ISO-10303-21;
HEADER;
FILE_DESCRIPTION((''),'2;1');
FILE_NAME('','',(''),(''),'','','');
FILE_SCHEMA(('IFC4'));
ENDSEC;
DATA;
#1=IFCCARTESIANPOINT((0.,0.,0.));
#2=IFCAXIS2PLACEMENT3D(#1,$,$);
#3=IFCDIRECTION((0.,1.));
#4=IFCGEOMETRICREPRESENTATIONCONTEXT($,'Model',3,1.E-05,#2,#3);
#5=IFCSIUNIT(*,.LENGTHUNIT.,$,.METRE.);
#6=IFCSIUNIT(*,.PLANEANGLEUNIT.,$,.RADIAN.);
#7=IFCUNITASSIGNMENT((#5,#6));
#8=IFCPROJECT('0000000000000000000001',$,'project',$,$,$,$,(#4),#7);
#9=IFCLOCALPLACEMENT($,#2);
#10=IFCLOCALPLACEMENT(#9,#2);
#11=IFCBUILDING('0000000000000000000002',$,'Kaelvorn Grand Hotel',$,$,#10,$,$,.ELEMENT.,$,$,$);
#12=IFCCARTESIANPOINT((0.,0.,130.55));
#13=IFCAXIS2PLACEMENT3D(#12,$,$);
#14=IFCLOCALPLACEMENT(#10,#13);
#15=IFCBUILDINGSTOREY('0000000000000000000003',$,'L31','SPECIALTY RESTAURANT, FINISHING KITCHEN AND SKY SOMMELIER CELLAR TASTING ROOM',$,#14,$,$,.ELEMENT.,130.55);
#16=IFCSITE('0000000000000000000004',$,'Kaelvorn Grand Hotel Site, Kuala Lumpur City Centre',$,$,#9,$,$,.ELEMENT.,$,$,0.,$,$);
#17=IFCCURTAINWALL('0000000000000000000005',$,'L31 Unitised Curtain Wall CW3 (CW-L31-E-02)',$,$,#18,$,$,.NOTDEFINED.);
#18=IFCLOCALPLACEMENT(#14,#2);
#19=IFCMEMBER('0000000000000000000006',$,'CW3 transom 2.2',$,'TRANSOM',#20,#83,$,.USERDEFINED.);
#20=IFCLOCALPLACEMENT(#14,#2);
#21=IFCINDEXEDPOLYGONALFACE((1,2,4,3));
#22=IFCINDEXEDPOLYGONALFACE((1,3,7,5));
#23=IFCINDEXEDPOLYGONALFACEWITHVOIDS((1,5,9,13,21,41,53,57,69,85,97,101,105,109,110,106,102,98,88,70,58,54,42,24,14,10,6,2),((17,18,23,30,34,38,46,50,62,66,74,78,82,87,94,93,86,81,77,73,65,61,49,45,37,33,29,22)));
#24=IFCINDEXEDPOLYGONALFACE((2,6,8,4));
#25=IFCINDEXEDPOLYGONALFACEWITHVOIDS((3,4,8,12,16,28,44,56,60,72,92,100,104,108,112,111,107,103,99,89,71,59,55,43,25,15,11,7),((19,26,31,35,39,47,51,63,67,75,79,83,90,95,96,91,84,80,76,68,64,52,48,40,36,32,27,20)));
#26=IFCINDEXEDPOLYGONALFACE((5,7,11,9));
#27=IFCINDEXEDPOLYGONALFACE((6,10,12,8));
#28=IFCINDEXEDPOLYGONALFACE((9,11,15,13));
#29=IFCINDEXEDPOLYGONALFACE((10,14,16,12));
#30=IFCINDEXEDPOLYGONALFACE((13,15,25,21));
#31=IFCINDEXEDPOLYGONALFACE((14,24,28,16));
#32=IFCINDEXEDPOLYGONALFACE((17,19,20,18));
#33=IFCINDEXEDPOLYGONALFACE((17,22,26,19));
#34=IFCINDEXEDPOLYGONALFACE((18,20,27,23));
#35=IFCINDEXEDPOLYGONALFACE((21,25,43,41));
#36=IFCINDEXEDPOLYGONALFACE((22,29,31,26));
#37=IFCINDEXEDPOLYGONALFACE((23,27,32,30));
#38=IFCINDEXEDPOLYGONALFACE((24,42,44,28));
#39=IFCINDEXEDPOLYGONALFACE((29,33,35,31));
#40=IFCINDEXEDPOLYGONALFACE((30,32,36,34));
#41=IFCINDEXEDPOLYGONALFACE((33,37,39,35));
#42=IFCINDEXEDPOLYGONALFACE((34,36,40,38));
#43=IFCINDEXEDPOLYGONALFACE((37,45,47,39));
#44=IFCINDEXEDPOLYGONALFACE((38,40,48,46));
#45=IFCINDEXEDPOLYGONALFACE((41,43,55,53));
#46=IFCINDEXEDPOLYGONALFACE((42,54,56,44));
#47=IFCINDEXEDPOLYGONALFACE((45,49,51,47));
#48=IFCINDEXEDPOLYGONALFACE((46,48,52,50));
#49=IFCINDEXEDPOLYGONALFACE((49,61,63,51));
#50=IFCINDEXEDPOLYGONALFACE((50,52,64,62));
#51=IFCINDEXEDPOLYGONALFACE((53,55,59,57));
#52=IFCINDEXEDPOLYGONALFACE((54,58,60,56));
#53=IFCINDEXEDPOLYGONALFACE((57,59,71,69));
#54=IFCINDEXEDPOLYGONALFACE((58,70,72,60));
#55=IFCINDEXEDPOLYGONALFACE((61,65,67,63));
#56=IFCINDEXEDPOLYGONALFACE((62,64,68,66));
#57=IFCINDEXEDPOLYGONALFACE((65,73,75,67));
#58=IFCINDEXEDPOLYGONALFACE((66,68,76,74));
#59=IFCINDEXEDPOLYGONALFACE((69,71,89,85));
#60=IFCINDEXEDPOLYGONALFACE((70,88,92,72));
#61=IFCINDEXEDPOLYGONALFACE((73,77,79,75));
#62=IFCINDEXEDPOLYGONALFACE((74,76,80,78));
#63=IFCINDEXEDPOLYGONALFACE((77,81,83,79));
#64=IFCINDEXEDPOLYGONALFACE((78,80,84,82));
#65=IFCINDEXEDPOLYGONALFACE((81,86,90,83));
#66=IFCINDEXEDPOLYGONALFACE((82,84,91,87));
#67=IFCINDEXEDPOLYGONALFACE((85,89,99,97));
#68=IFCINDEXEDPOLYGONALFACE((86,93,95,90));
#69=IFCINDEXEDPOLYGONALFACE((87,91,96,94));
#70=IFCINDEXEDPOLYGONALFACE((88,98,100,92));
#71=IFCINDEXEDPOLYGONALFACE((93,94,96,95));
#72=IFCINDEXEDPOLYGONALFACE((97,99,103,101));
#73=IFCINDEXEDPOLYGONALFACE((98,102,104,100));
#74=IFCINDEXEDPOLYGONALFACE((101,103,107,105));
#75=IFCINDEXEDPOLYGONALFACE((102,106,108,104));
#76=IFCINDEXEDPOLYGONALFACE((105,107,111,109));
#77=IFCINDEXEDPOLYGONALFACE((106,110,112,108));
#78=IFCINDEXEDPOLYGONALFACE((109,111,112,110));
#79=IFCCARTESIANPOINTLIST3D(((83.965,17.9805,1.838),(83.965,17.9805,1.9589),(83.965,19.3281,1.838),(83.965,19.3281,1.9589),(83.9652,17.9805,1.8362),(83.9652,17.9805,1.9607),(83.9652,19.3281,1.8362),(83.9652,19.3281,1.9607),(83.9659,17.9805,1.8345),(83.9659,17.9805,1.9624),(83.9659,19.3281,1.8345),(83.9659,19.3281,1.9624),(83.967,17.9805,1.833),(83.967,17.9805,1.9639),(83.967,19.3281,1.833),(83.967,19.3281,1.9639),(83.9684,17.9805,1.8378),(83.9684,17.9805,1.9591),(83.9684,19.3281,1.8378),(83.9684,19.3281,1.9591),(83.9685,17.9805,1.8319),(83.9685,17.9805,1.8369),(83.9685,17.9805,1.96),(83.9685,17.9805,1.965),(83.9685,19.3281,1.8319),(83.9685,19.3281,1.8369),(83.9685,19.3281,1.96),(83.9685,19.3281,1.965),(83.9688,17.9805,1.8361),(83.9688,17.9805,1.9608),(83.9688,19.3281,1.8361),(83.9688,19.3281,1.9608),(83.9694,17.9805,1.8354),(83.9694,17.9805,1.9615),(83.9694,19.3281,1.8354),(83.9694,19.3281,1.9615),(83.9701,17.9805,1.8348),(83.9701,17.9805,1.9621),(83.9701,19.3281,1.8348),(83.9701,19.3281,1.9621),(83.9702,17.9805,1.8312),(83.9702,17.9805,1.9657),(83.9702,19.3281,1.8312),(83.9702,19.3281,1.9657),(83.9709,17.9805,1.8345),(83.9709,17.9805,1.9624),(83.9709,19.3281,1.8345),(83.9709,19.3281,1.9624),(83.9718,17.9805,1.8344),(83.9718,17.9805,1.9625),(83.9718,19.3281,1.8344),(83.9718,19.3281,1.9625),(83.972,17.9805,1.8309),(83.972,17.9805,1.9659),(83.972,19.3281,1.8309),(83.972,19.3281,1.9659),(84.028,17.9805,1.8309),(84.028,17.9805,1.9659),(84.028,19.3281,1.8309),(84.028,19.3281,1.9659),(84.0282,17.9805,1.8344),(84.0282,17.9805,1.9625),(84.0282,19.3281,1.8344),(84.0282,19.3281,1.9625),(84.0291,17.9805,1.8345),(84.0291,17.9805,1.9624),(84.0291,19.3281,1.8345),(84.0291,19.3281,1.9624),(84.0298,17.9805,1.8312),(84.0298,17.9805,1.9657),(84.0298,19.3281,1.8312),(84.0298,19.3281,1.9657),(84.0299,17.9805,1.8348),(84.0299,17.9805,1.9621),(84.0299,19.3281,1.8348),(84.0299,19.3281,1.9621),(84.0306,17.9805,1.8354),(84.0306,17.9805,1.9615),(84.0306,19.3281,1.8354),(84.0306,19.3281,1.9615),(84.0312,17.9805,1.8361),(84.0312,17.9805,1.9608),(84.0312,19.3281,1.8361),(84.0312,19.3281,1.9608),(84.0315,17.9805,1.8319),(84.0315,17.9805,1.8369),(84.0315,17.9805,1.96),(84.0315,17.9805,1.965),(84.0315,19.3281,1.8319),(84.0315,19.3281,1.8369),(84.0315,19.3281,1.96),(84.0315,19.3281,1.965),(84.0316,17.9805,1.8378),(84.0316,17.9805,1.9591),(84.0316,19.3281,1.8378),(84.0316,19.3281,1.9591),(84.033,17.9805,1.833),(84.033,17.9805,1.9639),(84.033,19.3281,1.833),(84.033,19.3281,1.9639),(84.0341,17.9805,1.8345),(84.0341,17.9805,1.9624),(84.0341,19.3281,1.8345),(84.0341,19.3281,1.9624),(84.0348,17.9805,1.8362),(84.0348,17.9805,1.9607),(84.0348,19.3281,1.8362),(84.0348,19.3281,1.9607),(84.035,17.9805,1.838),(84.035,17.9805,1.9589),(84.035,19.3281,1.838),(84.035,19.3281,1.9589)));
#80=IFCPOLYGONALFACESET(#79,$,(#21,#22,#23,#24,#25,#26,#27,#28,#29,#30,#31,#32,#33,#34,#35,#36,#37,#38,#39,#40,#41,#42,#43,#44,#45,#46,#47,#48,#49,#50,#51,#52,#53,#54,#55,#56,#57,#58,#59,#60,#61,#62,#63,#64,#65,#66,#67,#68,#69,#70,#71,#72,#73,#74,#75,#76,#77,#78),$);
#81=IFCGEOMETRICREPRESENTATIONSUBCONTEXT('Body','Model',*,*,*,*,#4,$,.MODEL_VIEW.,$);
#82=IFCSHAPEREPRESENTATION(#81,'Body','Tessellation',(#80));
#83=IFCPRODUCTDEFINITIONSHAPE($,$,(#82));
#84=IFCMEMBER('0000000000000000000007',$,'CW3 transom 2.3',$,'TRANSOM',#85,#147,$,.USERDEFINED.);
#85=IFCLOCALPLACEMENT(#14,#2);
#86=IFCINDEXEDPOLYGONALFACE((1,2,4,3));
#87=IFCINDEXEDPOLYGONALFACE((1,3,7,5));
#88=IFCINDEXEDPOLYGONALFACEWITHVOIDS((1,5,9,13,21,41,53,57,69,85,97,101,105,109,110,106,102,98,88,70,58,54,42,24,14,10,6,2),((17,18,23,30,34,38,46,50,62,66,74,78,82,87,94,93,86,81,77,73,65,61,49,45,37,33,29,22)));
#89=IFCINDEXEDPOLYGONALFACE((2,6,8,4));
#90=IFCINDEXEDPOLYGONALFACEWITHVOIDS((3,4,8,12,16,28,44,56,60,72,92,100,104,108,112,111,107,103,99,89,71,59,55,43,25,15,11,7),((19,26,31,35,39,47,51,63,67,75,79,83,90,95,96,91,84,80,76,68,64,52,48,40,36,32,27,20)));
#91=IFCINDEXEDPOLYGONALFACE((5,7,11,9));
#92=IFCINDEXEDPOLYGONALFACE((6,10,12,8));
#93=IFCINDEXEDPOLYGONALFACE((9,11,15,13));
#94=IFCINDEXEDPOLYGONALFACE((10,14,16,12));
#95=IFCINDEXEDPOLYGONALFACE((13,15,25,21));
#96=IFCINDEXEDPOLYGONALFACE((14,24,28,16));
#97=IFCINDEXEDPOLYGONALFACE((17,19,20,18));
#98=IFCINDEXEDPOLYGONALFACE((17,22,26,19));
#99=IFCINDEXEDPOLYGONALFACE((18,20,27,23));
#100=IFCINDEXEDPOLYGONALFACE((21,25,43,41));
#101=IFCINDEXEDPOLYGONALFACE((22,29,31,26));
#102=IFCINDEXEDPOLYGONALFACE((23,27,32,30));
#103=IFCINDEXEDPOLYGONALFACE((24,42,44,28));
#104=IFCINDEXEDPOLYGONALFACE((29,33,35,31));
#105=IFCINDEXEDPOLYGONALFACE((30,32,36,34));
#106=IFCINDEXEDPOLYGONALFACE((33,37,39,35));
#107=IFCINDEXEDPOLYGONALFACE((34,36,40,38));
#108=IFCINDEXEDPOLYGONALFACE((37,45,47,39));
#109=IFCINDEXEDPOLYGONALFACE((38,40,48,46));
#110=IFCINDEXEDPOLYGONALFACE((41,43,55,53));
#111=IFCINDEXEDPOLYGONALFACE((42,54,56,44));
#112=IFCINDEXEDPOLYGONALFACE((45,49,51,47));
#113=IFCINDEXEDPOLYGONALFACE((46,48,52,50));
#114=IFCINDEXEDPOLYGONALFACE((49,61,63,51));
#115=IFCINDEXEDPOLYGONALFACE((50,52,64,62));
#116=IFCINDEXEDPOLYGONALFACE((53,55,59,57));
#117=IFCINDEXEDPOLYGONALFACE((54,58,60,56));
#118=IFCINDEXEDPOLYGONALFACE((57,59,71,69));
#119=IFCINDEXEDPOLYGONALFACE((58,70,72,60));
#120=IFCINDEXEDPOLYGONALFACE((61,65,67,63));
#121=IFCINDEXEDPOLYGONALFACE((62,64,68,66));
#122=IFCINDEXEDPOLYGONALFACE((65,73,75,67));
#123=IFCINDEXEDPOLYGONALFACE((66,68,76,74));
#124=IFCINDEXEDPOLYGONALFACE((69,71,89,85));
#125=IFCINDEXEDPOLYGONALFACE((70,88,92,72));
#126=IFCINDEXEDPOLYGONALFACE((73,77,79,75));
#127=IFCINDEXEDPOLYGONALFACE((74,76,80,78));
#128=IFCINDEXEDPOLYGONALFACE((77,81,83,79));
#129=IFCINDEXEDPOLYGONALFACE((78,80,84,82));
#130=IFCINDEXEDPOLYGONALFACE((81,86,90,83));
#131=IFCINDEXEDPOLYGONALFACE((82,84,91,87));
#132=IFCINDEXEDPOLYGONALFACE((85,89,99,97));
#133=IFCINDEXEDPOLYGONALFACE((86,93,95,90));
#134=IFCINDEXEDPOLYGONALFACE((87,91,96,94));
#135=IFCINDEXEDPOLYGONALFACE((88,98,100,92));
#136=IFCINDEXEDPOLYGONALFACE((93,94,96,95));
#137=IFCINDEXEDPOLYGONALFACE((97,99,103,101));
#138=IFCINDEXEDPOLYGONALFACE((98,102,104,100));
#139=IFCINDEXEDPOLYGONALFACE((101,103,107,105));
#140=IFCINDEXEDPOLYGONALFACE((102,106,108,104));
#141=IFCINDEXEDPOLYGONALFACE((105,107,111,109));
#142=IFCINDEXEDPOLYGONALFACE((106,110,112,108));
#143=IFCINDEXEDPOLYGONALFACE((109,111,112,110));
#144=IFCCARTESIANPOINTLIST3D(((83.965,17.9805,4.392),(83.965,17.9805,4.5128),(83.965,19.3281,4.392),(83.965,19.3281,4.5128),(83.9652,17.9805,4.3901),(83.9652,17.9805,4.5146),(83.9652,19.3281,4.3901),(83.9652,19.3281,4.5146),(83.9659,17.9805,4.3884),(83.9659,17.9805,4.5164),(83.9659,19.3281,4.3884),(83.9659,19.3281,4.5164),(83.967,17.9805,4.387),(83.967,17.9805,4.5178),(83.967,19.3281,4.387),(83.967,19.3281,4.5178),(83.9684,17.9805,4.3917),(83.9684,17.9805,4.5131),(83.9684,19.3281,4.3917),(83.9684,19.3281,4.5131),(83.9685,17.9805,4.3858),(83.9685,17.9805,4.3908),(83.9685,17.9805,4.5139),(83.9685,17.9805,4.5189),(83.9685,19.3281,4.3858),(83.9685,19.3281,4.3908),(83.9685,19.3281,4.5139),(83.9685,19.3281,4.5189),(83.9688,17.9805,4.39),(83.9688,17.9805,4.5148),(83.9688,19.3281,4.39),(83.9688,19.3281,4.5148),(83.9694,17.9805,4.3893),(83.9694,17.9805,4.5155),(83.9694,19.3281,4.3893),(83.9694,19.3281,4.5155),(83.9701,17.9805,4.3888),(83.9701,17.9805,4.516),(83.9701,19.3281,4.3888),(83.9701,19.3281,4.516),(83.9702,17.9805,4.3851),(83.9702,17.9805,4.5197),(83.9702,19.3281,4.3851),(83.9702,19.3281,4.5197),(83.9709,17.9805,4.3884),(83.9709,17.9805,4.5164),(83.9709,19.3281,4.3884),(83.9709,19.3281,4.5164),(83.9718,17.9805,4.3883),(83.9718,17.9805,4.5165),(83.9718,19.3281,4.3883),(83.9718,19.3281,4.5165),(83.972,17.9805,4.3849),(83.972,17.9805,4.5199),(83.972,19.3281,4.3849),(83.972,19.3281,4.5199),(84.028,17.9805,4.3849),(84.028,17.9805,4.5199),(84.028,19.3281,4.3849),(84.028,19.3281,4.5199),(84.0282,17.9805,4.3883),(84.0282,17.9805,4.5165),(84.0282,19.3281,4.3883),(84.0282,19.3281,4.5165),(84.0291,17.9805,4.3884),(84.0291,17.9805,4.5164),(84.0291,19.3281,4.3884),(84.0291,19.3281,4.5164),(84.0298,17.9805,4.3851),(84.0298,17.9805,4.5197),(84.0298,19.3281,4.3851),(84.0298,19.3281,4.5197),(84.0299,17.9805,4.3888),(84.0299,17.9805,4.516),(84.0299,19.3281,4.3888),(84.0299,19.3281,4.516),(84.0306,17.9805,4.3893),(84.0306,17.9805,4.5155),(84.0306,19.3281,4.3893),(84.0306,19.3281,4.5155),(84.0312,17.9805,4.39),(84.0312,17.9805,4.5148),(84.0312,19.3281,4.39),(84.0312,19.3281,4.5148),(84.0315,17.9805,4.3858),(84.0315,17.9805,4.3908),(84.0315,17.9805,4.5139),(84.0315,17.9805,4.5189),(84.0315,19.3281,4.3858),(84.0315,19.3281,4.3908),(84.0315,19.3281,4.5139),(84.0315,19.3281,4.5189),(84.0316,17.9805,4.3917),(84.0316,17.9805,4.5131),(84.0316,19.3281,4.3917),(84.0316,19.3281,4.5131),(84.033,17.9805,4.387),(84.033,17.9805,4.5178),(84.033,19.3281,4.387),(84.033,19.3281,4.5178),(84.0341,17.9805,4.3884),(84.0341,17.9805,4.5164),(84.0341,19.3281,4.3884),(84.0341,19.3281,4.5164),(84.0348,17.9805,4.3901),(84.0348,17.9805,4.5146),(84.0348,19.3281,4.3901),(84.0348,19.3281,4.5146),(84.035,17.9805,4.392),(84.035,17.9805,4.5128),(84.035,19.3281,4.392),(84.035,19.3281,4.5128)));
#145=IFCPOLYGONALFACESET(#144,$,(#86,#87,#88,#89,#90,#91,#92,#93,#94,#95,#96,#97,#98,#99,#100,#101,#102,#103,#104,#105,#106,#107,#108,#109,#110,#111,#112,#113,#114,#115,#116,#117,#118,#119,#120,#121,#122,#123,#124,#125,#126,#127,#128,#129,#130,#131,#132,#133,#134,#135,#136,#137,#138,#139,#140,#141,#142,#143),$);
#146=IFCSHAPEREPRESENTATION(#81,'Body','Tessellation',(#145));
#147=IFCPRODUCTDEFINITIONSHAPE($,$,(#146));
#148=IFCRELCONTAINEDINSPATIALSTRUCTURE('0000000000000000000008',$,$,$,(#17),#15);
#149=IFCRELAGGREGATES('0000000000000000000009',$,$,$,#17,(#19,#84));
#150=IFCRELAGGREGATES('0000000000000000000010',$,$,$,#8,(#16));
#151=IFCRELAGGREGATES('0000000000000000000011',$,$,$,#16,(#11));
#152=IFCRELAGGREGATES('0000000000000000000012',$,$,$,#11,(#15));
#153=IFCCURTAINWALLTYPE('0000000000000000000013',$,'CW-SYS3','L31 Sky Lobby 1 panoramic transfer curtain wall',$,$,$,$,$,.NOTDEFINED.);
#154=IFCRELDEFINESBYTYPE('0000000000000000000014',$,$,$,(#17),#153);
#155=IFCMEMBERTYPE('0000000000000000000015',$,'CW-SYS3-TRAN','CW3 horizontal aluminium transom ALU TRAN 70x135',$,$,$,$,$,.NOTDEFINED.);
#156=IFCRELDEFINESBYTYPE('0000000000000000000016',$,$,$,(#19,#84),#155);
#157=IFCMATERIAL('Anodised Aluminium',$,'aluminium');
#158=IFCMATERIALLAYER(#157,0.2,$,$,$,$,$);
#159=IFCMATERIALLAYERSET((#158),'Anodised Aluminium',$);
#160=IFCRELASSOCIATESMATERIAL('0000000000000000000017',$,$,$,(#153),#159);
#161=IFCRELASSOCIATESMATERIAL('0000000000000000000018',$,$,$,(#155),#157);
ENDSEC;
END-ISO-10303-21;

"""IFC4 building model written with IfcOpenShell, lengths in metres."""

from ifc_helpers import new_model, si_unit, direction, frame, origin, origin_2d, place, context, subcontext, project, spatial, hollow_rectangle, extrude, material, layer, layer_set, material_profile, profile_set, type_object, element, aggregate, save


model = new_model("IFC4")

# Units and contexts
model_context = context("Model", 3, precision=1e-05, world=origin(), true_north=direction((0.0, 1.0)))
body_context = subcontext(model_context, "Body", "Model", "MODEL_VIEW")
ifc_project = project(units=[si_unit("LENGTHUNIT", "METRE"), si_unit("PLANEANGLEUNIT", "RADIAN")], contexts=[model_context])

# Site, building, storey
site_placement = place(None, origin())
site = spatial("IfcSite", under=ifc_project, at=site_placement, Name="Kaelvorn Grand Hotel Site, Kuala Lumpur City Centre", CompositionType="ELEMENT", RefElevation=0.0)
building_placement = place(site_placement, origin())
building = spatial("IfcBuilding", under=site, at=building_placement, Name="Kaelvorn Grand Hotel", CompositionType="ELEMENT")
storey_placement = place(building_placement, frame((0.0, 0.0, 130.55)))
storey = spatial("IfcBuildingStorey", under=building, at=storey_placement, Name="L31", Description="SPECIALTY RESTAURANT, FINISHING KITCHEN AND SKY SOMMELIER CELLAR TASTING ROOM", CompositionType="ELEMENT", Elevation=130.55)

# Shared definitions
ifc_material_1 = material(Name="Anodised Aluminium", Category="aluminium")
ifc_layer_1 = layer(ifc_material_1, 0.2)
ifc_layer_set_1 = layer_set([ifc_layer_1], Name="Anodised Aluminium")
curtain_wall_type = type_object("IfcCurtainWallType", Name="CW-SYS3", Description="L31 Sky Lobby 1 panoramic transfer curtain wall", PredefinedType="NOTDEFINED", material=ifc_layer_set_1)

# Curtain wall, members
curtain_wall_1_placement = place(storey_placement, origin())
curtain_wall_1 = element("IfcCurtainWall", 1, at=curtain_wall_1_placement, inside=storey, type_object=curtain_wall_type, Name="L31 Unitised Curtain Wall CW3 (CW-L31-E-02)", PredefinedType="NOTDEFINED")
ifc_material_profile_1 = material_profile(ifc_material_1, hollow_rectangle(XDim=0.0701, YDim=0.135, WallThickness=0.0034, InnerFilletRadius=0.0034, OuterFilletRadius=0.0071, at=origin_2d()), Name="ALU TRAN 70x135")
ifc_profile_set_1 = profile_set([ifc_material_profile_1], Name="Anodised Aluminium")
member_type_1 = type_object("IfcMemberType", Name="CW-SYS3-TRAN", Description="CW3 horizontal aluminium transom ALU TRAN 70x135", PredefinedType="NOTDEFINED", material=ifc_profile_set_1)
member_1_placement = place(storey_placement, frame((84.0, 17.9805, 1.8984), z_axis=(0.0, 1.0, 0.0), x_axis=(-1.0, 0.0, 0.0)))
member_1 = element("IfcMember", 2, at=member_1_placement, type_object=member_type_1, Name="CW3 transom 2.2", ObjectType="TRANSOM", PredefinedType="USERDEFINED", context=body_context, shape_type="SweptSolid", body=[
    extrude(hollow_rectangle(XDim=0.0701, YDim=0.135, WallThickness=0.0034, InnerFilletRadius=0.0034, OuterFilletRadius=0.0071, at=origin_2d()), origin(), (0.0, 0.0, 1.0), 1.3477),
])
member_2_placement = place(storey_placement, frame((84.0, 17.9805, 4.4524), z_axis=(0.0, 1.0, 0.0), x_axis=(-1.0, 0.0, 0.0)))
member_2 = element("IfcMember", 3, at=member_2_placement, type_object=member_type_1, Name="CW3 transom 2.3", ObjectType="TRANSOM", PredefinedType="USERDEFINED", context=body_context, shape_type="SweptSolid", body=[
    extrude(hollow_rectangle(XDim=0.0701, YDim=0.135, WallThickness=0.0034, InnerFilletRadius=0.0034, OuterFilletRadius=0.0071, at=origin_2d()), origin(), (0.0, 0.0, 1.0), 1.3477),
])

aggregate(curtain_wall_1, [member_1, member_2])

save(model, "model.ifc")
